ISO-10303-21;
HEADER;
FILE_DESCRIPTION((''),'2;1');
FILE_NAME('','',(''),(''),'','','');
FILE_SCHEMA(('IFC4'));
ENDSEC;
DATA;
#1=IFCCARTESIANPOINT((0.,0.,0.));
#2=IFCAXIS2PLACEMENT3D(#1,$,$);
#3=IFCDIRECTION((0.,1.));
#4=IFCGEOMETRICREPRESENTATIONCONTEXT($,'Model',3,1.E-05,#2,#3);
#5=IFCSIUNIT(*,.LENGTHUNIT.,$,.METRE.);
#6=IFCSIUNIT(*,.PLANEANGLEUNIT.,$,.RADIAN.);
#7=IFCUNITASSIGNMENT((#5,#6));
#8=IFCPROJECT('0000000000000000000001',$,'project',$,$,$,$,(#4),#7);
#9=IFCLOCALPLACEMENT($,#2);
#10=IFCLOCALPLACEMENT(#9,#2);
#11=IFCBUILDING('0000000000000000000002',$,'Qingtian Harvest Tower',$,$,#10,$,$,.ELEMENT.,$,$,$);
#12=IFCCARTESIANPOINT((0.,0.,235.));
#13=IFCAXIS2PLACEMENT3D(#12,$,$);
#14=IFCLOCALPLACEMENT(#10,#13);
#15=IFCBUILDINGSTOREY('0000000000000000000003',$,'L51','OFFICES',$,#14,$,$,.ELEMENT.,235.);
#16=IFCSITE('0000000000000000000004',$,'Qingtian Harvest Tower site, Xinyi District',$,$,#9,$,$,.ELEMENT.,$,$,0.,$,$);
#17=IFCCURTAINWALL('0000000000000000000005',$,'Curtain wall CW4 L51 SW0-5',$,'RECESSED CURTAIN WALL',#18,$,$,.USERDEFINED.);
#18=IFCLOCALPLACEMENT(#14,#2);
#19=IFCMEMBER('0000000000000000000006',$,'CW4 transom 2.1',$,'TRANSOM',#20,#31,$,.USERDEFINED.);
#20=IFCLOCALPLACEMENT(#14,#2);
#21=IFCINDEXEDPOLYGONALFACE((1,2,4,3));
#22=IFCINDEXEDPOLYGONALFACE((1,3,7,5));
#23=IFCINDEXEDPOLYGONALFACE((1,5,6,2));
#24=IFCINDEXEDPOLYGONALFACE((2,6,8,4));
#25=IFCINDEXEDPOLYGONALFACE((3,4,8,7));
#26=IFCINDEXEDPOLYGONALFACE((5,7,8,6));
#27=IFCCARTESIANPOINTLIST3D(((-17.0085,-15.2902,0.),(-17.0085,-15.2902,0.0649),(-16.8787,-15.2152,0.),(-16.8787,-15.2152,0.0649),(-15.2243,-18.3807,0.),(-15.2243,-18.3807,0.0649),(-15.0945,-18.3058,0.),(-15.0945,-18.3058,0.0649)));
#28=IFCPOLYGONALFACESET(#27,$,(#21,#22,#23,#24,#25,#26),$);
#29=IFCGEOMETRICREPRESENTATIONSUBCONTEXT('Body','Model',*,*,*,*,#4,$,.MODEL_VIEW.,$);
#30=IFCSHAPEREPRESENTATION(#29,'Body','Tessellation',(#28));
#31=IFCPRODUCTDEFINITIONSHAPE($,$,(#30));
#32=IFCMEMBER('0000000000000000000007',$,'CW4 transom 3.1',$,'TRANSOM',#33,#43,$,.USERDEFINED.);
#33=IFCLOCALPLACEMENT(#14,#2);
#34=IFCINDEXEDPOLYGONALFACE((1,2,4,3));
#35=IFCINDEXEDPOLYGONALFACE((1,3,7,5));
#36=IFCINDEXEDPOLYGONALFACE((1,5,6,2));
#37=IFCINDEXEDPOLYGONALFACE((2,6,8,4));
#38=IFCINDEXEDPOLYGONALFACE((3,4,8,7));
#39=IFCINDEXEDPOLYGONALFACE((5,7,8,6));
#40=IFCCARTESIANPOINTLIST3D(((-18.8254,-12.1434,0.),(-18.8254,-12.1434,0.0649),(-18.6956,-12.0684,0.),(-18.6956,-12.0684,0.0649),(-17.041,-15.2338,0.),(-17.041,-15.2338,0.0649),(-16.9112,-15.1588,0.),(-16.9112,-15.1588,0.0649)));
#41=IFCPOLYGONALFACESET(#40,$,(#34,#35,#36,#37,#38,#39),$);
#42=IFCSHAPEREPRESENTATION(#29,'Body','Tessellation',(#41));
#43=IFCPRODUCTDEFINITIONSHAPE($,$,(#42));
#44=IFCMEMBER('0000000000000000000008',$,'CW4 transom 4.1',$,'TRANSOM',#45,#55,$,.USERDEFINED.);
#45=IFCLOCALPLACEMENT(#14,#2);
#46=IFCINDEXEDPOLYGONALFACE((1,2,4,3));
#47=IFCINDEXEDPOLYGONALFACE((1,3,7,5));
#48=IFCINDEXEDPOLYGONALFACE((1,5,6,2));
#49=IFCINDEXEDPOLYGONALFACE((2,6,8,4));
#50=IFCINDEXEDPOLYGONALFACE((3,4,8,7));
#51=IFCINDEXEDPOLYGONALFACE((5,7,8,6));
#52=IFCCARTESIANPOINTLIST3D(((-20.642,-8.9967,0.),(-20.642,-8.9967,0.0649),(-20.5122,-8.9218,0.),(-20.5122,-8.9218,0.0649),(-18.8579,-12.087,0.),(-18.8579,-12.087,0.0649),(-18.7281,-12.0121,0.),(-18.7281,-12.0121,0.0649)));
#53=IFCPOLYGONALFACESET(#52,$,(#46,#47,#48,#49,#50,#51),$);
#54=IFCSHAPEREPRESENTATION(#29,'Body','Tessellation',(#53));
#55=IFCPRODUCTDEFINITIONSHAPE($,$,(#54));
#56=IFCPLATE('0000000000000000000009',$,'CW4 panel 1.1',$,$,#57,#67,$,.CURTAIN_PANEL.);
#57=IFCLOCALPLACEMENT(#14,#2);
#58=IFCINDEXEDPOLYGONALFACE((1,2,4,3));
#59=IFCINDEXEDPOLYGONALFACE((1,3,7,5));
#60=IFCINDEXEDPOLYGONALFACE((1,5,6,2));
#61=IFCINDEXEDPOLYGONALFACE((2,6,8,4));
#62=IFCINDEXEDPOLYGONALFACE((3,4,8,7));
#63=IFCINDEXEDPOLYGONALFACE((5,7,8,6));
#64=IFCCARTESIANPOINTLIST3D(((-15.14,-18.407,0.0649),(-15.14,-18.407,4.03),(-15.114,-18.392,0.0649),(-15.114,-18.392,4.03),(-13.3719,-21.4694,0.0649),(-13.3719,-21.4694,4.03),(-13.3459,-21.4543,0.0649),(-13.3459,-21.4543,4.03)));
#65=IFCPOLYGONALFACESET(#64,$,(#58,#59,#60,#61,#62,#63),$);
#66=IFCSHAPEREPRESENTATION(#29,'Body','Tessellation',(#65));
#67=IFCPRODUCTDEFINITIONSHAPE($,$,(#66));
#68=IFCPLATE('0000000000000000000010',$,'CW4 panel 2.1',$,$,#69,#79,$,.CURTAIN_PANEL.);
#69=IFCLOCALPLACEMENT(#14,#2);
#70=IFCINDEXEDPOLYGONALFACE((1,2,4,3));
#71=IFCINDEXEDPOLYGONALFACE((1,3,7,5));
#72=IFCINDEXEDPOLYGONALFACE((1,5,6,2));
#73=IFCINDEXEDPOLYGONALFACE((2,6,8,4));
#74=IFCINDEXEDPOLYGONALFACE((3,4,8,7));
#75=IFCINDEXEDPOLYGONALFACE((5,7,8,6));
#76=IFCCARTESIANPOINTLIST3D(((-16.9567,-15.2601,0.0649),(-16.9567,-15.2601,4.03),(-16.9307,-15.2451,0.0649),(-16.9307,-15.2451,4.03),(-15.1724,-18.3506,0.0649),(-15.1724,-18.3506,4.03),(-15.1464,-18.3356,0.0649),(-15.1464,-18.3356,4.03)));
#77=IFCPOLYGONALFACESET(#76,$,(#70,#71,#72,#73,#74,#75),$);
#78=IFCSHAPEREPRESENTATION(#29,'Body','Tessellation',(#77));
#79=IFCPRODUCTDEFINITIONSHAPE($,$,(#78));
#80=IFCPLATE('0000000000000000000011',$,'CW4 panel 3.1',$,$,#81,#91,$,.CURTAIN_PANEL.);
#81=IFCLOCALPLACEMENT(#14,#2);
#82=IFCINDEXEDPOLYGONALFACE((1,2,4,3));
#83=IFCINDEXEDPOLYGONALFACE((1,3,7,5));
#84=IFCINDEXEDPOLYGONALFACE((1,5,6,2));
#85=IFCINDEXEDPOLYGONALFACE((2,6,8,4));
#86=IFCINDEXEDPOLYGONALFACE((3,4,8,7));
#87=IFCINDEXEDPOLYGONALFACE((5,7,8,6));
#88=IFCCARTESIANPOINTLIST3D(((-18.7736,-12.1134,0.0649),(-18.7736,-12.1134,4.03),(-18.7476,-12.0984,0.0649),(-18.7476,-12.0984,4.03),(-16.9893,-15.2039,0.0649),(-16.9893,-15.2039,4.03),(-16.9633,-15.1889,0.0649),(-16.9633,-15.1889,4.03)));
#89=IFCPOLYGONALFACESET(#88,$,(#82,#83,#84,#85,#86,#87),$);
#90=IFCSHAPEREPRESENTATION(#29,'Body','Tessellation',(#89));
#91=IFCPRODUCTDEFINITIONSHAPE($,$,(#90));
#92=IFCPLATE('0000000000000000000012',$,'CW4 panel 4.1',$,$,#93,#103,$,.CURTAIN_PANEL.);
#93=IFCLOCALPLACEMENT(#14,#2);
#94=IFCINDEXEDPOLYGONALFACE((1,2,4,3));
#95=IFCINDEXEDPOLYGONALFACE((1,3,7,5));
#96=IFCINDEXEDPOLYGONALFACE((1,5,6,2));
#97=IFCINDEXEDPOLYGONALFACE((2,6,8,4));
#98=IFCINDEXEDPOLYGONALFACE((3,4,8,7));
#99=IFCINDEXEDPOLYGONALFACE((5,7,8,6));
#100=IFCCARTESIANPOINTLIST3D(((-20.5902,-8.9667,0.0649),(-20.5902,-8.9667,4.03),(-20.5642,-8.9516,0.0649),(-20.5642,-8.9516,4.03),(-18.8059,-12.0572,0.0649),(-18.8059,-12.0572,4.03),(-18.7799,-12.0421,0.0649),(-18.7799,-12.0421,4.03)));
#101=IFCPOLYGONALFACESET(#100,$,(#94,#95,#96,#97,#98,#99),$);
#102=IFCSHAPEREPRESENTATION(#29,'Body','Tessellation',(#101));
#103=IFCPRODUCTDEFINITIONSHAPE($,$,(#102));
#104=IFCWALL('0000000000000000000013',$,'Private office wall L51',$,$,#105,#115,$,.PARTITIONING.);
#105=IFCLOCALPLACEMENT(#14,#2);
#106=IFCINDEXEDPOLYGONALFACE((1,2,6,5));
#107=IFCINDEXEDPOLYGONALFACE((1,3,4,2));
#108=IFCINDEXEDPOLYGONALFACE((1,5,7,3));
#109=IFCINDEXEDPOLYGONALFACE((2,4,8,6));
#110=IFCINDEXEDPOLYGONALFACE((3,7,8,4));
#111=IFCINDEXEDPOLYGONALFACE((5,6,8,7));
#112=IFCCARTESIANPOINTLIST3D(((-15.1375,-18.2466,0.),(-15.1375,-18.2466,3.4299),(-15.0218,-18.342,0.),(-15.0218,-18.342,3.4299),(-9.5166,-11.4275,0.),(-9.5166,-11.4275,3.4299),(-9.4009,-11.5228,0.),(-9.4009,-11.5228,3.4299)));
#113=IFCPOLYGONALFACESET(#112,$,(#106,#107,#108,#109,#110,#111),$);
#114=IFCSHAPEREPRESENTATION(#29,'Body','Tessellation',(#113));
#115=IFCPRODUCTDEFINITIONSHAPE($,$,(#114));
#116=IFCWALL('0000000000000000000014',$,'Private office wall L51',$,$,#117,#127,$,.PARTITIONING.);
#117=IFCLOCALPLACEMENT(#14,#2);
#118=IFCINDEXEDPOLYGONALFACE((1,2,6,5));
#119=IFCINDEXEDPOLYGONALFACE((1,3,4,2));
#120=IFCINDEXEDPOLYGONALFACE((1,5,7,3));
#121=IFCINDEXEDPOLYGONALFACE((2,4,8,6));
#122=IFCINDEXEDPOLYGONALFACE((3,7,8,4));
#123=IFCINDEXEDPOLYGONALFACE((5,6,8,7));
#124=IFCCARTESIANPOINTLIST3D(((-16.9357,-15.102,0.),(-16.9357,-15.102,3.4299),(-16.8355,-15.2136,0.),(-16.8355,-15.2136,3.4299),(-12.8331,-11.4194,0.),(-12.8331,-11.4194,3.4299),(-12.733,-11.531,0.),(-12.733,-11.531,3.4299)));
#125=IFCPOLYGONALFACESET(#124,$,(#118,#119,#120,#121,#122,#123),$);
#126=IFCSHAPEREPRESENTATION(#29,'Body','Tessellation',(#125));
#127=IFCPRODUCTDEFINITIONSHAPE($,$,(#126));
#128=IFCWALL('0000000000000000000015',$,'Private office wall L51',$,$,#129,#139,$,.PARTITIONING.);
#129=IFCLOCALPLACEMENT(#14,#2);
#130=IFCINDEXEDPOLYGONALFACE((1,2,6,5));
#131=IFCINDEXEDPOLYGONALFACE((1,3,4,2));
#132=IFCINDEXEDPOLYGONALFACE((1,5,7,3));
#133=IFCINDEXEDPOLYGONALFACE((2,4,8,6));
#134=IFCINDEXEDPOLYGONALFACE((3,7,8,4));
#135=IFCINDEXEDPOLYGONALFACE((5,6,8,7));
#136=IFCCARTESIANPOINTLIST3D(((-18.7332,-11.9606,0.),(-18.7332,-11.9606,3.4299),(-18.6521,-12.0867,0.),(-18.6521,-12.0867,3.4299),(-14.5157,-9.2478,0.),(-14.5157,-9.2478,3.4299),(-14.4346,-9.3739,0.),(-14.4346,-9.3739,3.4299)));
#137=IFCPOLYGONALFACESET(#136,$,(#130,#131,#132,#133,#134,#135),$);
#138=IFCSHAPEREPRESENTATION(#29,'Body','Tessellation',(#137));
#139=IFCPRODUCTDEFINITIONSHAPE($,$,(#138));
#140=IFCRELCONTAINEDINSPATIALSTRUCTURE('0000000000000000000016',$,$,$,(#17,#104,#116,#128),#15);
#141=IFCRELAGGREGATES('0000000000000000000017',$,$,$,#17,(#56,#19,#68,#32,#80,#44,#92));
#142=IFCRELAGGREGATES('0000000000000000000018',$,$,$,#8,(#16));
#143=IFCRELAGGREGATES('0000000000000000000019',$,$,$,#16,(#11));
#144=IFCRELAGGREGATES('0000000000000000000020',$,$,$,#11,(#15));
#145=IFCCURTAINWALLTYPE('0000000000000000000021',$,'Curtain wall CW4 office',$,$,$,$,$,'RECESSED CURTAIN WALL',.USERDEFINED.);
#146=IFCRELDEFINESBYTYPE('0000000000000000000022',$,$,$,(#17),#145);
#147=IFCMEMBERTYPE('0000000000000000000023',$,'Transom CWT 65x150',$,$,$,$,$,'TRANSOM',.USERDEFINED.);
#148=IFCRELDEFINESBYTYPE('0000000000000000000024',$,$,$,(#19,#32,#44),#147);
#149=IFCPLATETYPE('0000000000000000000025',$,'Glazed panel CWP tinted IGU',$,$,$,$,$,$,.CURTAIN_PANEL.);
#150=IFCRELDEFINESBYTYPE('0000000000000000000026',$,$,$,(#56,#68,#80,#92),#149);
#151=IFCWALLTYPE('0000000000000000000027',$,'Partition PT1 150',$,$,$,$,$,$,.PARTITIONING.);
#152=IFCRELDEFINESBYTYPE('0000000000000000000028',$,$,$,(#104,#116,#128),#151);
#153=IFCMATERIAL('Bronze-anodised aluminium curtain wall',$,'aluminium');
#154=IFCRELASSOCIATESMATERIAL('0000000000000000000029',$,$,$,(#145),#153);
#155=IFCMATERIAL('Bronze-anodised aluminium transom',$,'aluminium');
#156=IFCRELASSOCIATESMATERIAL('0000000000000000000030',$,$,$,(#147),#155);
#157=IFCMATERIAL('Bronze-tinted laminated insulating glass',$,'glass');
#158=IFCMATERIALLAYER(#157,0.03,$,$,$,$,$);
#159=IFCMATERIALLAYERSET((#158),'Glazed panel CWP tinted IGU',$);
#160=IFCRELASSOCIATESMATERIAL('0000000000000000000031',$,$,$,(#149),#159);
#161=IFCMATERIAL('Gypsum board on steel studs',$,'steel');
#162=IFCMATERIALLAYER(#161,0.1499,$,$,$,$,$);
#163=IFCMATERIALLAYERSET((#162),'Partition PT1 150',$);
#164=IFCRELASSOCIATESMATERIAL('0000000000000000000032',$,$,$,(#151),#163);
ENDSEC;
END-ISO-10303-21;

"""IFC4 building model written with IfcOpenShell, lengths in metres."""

from ifc_helpers import new_model, si_unit, direction, frame, frame_2d, origin, origin_2d, place, context, subcontext, project, spatial, rectangle, extrude, material, layer, layer_set, material_profile, profile_set, type_object, element, aggregate, save


model = new_model("IFC4")

# Units and contexts
model_context = context("Model", 3, precision=1e-05, world=origin(), true_north=direction((0.0, 1.0)))
body_context = subcontext(model_context, "Body", "Model", "MODEL_VIEW")
ifc_project = project(units=[si_unit("LENGTHUNIT", "METRE"), si_unit("PLANEANGLEUNIT", "RADIAN")], contexts=[model_context])

# Site, building, storey
site_placement = place(None, origin())
site = spatial("IfcSite", under=ifc_project, at=site_placement, Name="Qingtian Harvest Tower site, Xinyi District", CompositionType="ELEMENT", RefElevation=0.0)
building_placement = place(site_placement, origin())
building = spatial("IfcBuilding", under=site, at=building_placement, Name="Qingtian Harvest Tower", CompositionType="ELEMENT")
storey_placement = place(building_placement, frame((0.0, 0.0, 235.0)))
storey = spatial("IfcBuildingStorey", under=building, at=storey_placement, Name="L51", Description="OFFICES", CompositionType="ELEMENT", Elevation=235.0)

# Curtain wall
ifc_material_1 = material(Name="Bronze-anodised aluminium curtain wall", Category="aluminium")
curtain_wall_type = type_object("IfcCurtainWallType", Name="Curtain wall CW4 office", ElementType="RECESSED CURTAIN WALL", PredefinedType="USERDEFINED", material=ifc_material_1)
curtain_wall_placement = place(storey_placement, origin())
curtain_wall = element("IfcCurtainWall", 1, at=curtain_wall_placement, inside=storey, type_object=curtain_wall_type, Name="Curtain wall CW4 L51 SW0-5", ObjectType="RECESSED CURTAIN WALL", PredefinedType="USERDEFINED")

# Members
ifc_material_2 = material(Name="Bronze-anodised aluminium transom", Category="aluminium")
ifc_material_profile_1 = material_profile(ifc_material_2, rectangle(XDim=0.1499, YDim=0.0649, at=origin_2d()), Name="AL 65x150")
ifc_profile_set_1 = profile_set([ifc_material_profile_1], Name="Bronze-anodised aluminium transom")
member_type_1 = type_object("IfcMemberType", Name="Transom CWT 65x150", ElementType="TRANSOM", PredefinedType="USERDEFINED", material=ifc_profile_set_1)
member_1_placement = place(storey_placement, frame((-15.1594, -18.3433, 0.0325), z_axis=(-0.499965, 0.866045, 0.0), x_axis=(-0.866045, -0.499965, 0.0)))
member_1 = element("IfcMember", 2, at=member_1_placement, type_object=member_type_1, Name="CW4 transom 2.1", ObjectType="TRANSOM", PredefinedType="USERDEFINED", context=body_context, shape_type="SweptSolid", body=[
    extrude(rectangle(XDim=0.1499, YDim=0.0649, at=origin_2d()), origin(), (0.0, 0.0, 1.0), 3.5686),
])
member_2_placement = place(storey_placement, frame((-16.9761, -15.1963, 0.0325), z_axis=(-0.500046, 0.865999, 0.0), x_axis=(-0.865999, -0.500046, 0.0)))
member_2 = element("IfcMember", 3, at=member_2_placement, type_object=member_type_1, Name="CW4 transom 3.1", ObjectType="TRANSOM", PredefinedType="USERDEFINED", context=body_context, shape_type="SweptSolid", body=[
    extrude(rectangle(XDim=0.1499, YDim=0.0649, at=origin_2d()), origin(), (0.0, 0.0, 1.0), 3.5686),
])
member_3_placement = place(storey_placement, frame((-18.793, -12.0496, 0.0325), z_axis=(-0.499995, 0.866028, 0.0), x_axis=(-0.866028, -0.499995, 0.0)))
member_3 = element("IfcMember", 4, at=member_3_placement, type_object=member_type_1, Name="CW4 transom 4.1", ObjectType="TRANSOM", PredefinedType="USERDEFINED", context=body_context, shape_type="SweptSolid", body=[
    extrude(rectangle(XDim=0.1499, YDim=0.0649, at=origin_2d()), origin(), (0.0, 0.0, 1.0), 3.5684),
])

# Plates
ifc_material_3 = material(Name="Bronze-tinted laminated insulating glass", Category="glass")
ifc_layer_1 = layer(ifc_material_3, 0.03)
ifc_layer_set_1 = layer_set([ifc_layer_1], Name="Glazed panel CWP tinted IGU")
plate_type = type_object("IfcPlateType", Name="Glazed panel CWP tinted IGU", PredefinedType="CURTAIN_PANEL", material=ifc_layer_set_1)
plate_1_placement = place(storey_placement, frame((-14.2429, -19.9307, 0.0649), z_axis=(0.0, 0.0, 1.0), x_axis=(-0.5, 0.866025, 0.0)))
plate_1 = element("IfcPlate", 5, at=plate_1_placement, type_object=plate_type, Name="CW4 panel 1.1", PredefinedType="CURTAIN_PANEL", context=body_context, shape_type="SweptSolid", body=[
    extrude(rectangle(XDim=3.5361, YDim=0.03, at=origin_2d()), origin(), (0.0, 0.0, 1.0), 3.9651),
])
plate_2_placement = place(storey_placement, frame((-16.0515, -16.7979, 0.0649), z_axis=(0.0, 0.0, 1.0), x_axis=(-0.5, 0.866025, 0.0)))
plate_2 = element("IfcPlate", 6, at=plate_2_placement, type_object=plate_type, Name="CW4 panel 2.1", PredefinedType="CURTAIN_PANEL", context=body_context, shape_type="SweptSolid", body=[
    extrude(rectangle(XDim=3.5686, YDim=0.03, at=origin_2d()), origin(), (0.0, 0.0, 1.0), 3.9651),
])
plate_3_placement = place(storey_placement, frame((-17.8684, -13.6511, 0.0649), z_axis=(0.0, 0.0, 1.0), x_axis=(-0.5, 0.866025, 0.0)))
plate_3 = element("IfcPlate", 7, at=plate_3_placement, type_object=plate_type, Name="CW4 panel 3.1", PredefinedType="CURTAIN_PANEL", context=body_context, shape_type="SweptSolid", body=[
    extrude(rectangle(XDim=3.5686, YDim=0.03, at=origin_2d()), origin(), (0.0, 0.0, 1.0), 3.9651),
])
plate_4_placement = place(storey_placement, frame((-19.6851, -10.5044, 0.0649), z_axis=(0.0, 0.0, 1.0), x_axis=(-0.5, 0.866025, 0.0)))
plate_4 = element("IfcPlate", 8, at=plate_4_placement, type_object=plate_type, Name="CW4 panel 4.1", PredefinedType="CURTAIN_PANEL", context=body_context, shape_type="SweptSolid", body=[
    extrude(rectangle(XDim=3.5686, YDim=0.03, at=origin_2d()), origin(), (0.0, 0.0, 1.0), 3.9651),
])
aggregate(curtain_wall, [plate_1, member_1, plate_2, member_2, plate_3, member_3, plate_4])

# Walls
ifc_material_4 = material(Name="Gypsum board on steel studs", Category="steel")
ifc_layer_2 = layer(ifc_material_4, 0.1499)
ifc_layer_set_2 = layer_set([ifc_layer_2], Name="Partition PT1 150")
wall_type = type_object("IfcWallType", Name="Partition PT1 150", PredefinedType="PARTITIONING", material=ifc_layer_set_2)
wall_1_placement = place(storey_placement, frame((-15.0796, -18.2942, 0.0), z_axis=(0.0, 0.0, 1.0), x_axis=(0.636053, 0.771645, 0.0)))
element("IfcWall", 9, at=wall_1_placement, inside=storey, type_object=wall_type, Name="Private office wall L51", PredefinedType="PARTITIONING", context=body_context, shape_type="SweptSolid", body=[
    extrude(rectangle(XDim=8.8372, YDim=0.1499, at=frame_2d((4.4185, 0.0))), origin(), (0.0, 0.0, 1.0), 3.4299),
])
wall_2_placement = place(storey_placement, frame((-16.8855, -15.1577, 0.0), z_axis=(0.0, 0.0, 1.0), x_axis=(0.744166, 0.667995, 0.0)))
element("IfcWall", 10, at=wall_2_placement, inside=storey, type_object=wall_type, Name="Private office wall L51", PredefinedType="PARTITIONING", context=body_context, shape_type="SweptSolid", body=[
    extrude(rectangle(XDim=5.5129, YDim=0.1499, at=frame_2d((2.7563, 0.0))), origin(), (0.0, 0.0, 1.0), 3.4299),
])

# Wall
wall_3_placement = place(storey_placement, frame((-18.6926, -12.0237, 0.0), z_axis=(0.0, 0.0, 1.0), x_axis=(0.841031, 0.540986, 0.0)))
element("IfcWall", 11, at=wall_3_placement, inside=storey, type_object=wall_type, Name="Private office wall L51", PredefinedType="PARTITIONING", context=body_context, shape_type="SweptSolid", body=[
    extrude(rectangle(XDim=5.0146, YDim=0.1499, at=frame_2d((2.5073, 0.0))), origin(), (0.0, 0.0, 1.0), 3.4299),
])

save(model, "model.ifc")
